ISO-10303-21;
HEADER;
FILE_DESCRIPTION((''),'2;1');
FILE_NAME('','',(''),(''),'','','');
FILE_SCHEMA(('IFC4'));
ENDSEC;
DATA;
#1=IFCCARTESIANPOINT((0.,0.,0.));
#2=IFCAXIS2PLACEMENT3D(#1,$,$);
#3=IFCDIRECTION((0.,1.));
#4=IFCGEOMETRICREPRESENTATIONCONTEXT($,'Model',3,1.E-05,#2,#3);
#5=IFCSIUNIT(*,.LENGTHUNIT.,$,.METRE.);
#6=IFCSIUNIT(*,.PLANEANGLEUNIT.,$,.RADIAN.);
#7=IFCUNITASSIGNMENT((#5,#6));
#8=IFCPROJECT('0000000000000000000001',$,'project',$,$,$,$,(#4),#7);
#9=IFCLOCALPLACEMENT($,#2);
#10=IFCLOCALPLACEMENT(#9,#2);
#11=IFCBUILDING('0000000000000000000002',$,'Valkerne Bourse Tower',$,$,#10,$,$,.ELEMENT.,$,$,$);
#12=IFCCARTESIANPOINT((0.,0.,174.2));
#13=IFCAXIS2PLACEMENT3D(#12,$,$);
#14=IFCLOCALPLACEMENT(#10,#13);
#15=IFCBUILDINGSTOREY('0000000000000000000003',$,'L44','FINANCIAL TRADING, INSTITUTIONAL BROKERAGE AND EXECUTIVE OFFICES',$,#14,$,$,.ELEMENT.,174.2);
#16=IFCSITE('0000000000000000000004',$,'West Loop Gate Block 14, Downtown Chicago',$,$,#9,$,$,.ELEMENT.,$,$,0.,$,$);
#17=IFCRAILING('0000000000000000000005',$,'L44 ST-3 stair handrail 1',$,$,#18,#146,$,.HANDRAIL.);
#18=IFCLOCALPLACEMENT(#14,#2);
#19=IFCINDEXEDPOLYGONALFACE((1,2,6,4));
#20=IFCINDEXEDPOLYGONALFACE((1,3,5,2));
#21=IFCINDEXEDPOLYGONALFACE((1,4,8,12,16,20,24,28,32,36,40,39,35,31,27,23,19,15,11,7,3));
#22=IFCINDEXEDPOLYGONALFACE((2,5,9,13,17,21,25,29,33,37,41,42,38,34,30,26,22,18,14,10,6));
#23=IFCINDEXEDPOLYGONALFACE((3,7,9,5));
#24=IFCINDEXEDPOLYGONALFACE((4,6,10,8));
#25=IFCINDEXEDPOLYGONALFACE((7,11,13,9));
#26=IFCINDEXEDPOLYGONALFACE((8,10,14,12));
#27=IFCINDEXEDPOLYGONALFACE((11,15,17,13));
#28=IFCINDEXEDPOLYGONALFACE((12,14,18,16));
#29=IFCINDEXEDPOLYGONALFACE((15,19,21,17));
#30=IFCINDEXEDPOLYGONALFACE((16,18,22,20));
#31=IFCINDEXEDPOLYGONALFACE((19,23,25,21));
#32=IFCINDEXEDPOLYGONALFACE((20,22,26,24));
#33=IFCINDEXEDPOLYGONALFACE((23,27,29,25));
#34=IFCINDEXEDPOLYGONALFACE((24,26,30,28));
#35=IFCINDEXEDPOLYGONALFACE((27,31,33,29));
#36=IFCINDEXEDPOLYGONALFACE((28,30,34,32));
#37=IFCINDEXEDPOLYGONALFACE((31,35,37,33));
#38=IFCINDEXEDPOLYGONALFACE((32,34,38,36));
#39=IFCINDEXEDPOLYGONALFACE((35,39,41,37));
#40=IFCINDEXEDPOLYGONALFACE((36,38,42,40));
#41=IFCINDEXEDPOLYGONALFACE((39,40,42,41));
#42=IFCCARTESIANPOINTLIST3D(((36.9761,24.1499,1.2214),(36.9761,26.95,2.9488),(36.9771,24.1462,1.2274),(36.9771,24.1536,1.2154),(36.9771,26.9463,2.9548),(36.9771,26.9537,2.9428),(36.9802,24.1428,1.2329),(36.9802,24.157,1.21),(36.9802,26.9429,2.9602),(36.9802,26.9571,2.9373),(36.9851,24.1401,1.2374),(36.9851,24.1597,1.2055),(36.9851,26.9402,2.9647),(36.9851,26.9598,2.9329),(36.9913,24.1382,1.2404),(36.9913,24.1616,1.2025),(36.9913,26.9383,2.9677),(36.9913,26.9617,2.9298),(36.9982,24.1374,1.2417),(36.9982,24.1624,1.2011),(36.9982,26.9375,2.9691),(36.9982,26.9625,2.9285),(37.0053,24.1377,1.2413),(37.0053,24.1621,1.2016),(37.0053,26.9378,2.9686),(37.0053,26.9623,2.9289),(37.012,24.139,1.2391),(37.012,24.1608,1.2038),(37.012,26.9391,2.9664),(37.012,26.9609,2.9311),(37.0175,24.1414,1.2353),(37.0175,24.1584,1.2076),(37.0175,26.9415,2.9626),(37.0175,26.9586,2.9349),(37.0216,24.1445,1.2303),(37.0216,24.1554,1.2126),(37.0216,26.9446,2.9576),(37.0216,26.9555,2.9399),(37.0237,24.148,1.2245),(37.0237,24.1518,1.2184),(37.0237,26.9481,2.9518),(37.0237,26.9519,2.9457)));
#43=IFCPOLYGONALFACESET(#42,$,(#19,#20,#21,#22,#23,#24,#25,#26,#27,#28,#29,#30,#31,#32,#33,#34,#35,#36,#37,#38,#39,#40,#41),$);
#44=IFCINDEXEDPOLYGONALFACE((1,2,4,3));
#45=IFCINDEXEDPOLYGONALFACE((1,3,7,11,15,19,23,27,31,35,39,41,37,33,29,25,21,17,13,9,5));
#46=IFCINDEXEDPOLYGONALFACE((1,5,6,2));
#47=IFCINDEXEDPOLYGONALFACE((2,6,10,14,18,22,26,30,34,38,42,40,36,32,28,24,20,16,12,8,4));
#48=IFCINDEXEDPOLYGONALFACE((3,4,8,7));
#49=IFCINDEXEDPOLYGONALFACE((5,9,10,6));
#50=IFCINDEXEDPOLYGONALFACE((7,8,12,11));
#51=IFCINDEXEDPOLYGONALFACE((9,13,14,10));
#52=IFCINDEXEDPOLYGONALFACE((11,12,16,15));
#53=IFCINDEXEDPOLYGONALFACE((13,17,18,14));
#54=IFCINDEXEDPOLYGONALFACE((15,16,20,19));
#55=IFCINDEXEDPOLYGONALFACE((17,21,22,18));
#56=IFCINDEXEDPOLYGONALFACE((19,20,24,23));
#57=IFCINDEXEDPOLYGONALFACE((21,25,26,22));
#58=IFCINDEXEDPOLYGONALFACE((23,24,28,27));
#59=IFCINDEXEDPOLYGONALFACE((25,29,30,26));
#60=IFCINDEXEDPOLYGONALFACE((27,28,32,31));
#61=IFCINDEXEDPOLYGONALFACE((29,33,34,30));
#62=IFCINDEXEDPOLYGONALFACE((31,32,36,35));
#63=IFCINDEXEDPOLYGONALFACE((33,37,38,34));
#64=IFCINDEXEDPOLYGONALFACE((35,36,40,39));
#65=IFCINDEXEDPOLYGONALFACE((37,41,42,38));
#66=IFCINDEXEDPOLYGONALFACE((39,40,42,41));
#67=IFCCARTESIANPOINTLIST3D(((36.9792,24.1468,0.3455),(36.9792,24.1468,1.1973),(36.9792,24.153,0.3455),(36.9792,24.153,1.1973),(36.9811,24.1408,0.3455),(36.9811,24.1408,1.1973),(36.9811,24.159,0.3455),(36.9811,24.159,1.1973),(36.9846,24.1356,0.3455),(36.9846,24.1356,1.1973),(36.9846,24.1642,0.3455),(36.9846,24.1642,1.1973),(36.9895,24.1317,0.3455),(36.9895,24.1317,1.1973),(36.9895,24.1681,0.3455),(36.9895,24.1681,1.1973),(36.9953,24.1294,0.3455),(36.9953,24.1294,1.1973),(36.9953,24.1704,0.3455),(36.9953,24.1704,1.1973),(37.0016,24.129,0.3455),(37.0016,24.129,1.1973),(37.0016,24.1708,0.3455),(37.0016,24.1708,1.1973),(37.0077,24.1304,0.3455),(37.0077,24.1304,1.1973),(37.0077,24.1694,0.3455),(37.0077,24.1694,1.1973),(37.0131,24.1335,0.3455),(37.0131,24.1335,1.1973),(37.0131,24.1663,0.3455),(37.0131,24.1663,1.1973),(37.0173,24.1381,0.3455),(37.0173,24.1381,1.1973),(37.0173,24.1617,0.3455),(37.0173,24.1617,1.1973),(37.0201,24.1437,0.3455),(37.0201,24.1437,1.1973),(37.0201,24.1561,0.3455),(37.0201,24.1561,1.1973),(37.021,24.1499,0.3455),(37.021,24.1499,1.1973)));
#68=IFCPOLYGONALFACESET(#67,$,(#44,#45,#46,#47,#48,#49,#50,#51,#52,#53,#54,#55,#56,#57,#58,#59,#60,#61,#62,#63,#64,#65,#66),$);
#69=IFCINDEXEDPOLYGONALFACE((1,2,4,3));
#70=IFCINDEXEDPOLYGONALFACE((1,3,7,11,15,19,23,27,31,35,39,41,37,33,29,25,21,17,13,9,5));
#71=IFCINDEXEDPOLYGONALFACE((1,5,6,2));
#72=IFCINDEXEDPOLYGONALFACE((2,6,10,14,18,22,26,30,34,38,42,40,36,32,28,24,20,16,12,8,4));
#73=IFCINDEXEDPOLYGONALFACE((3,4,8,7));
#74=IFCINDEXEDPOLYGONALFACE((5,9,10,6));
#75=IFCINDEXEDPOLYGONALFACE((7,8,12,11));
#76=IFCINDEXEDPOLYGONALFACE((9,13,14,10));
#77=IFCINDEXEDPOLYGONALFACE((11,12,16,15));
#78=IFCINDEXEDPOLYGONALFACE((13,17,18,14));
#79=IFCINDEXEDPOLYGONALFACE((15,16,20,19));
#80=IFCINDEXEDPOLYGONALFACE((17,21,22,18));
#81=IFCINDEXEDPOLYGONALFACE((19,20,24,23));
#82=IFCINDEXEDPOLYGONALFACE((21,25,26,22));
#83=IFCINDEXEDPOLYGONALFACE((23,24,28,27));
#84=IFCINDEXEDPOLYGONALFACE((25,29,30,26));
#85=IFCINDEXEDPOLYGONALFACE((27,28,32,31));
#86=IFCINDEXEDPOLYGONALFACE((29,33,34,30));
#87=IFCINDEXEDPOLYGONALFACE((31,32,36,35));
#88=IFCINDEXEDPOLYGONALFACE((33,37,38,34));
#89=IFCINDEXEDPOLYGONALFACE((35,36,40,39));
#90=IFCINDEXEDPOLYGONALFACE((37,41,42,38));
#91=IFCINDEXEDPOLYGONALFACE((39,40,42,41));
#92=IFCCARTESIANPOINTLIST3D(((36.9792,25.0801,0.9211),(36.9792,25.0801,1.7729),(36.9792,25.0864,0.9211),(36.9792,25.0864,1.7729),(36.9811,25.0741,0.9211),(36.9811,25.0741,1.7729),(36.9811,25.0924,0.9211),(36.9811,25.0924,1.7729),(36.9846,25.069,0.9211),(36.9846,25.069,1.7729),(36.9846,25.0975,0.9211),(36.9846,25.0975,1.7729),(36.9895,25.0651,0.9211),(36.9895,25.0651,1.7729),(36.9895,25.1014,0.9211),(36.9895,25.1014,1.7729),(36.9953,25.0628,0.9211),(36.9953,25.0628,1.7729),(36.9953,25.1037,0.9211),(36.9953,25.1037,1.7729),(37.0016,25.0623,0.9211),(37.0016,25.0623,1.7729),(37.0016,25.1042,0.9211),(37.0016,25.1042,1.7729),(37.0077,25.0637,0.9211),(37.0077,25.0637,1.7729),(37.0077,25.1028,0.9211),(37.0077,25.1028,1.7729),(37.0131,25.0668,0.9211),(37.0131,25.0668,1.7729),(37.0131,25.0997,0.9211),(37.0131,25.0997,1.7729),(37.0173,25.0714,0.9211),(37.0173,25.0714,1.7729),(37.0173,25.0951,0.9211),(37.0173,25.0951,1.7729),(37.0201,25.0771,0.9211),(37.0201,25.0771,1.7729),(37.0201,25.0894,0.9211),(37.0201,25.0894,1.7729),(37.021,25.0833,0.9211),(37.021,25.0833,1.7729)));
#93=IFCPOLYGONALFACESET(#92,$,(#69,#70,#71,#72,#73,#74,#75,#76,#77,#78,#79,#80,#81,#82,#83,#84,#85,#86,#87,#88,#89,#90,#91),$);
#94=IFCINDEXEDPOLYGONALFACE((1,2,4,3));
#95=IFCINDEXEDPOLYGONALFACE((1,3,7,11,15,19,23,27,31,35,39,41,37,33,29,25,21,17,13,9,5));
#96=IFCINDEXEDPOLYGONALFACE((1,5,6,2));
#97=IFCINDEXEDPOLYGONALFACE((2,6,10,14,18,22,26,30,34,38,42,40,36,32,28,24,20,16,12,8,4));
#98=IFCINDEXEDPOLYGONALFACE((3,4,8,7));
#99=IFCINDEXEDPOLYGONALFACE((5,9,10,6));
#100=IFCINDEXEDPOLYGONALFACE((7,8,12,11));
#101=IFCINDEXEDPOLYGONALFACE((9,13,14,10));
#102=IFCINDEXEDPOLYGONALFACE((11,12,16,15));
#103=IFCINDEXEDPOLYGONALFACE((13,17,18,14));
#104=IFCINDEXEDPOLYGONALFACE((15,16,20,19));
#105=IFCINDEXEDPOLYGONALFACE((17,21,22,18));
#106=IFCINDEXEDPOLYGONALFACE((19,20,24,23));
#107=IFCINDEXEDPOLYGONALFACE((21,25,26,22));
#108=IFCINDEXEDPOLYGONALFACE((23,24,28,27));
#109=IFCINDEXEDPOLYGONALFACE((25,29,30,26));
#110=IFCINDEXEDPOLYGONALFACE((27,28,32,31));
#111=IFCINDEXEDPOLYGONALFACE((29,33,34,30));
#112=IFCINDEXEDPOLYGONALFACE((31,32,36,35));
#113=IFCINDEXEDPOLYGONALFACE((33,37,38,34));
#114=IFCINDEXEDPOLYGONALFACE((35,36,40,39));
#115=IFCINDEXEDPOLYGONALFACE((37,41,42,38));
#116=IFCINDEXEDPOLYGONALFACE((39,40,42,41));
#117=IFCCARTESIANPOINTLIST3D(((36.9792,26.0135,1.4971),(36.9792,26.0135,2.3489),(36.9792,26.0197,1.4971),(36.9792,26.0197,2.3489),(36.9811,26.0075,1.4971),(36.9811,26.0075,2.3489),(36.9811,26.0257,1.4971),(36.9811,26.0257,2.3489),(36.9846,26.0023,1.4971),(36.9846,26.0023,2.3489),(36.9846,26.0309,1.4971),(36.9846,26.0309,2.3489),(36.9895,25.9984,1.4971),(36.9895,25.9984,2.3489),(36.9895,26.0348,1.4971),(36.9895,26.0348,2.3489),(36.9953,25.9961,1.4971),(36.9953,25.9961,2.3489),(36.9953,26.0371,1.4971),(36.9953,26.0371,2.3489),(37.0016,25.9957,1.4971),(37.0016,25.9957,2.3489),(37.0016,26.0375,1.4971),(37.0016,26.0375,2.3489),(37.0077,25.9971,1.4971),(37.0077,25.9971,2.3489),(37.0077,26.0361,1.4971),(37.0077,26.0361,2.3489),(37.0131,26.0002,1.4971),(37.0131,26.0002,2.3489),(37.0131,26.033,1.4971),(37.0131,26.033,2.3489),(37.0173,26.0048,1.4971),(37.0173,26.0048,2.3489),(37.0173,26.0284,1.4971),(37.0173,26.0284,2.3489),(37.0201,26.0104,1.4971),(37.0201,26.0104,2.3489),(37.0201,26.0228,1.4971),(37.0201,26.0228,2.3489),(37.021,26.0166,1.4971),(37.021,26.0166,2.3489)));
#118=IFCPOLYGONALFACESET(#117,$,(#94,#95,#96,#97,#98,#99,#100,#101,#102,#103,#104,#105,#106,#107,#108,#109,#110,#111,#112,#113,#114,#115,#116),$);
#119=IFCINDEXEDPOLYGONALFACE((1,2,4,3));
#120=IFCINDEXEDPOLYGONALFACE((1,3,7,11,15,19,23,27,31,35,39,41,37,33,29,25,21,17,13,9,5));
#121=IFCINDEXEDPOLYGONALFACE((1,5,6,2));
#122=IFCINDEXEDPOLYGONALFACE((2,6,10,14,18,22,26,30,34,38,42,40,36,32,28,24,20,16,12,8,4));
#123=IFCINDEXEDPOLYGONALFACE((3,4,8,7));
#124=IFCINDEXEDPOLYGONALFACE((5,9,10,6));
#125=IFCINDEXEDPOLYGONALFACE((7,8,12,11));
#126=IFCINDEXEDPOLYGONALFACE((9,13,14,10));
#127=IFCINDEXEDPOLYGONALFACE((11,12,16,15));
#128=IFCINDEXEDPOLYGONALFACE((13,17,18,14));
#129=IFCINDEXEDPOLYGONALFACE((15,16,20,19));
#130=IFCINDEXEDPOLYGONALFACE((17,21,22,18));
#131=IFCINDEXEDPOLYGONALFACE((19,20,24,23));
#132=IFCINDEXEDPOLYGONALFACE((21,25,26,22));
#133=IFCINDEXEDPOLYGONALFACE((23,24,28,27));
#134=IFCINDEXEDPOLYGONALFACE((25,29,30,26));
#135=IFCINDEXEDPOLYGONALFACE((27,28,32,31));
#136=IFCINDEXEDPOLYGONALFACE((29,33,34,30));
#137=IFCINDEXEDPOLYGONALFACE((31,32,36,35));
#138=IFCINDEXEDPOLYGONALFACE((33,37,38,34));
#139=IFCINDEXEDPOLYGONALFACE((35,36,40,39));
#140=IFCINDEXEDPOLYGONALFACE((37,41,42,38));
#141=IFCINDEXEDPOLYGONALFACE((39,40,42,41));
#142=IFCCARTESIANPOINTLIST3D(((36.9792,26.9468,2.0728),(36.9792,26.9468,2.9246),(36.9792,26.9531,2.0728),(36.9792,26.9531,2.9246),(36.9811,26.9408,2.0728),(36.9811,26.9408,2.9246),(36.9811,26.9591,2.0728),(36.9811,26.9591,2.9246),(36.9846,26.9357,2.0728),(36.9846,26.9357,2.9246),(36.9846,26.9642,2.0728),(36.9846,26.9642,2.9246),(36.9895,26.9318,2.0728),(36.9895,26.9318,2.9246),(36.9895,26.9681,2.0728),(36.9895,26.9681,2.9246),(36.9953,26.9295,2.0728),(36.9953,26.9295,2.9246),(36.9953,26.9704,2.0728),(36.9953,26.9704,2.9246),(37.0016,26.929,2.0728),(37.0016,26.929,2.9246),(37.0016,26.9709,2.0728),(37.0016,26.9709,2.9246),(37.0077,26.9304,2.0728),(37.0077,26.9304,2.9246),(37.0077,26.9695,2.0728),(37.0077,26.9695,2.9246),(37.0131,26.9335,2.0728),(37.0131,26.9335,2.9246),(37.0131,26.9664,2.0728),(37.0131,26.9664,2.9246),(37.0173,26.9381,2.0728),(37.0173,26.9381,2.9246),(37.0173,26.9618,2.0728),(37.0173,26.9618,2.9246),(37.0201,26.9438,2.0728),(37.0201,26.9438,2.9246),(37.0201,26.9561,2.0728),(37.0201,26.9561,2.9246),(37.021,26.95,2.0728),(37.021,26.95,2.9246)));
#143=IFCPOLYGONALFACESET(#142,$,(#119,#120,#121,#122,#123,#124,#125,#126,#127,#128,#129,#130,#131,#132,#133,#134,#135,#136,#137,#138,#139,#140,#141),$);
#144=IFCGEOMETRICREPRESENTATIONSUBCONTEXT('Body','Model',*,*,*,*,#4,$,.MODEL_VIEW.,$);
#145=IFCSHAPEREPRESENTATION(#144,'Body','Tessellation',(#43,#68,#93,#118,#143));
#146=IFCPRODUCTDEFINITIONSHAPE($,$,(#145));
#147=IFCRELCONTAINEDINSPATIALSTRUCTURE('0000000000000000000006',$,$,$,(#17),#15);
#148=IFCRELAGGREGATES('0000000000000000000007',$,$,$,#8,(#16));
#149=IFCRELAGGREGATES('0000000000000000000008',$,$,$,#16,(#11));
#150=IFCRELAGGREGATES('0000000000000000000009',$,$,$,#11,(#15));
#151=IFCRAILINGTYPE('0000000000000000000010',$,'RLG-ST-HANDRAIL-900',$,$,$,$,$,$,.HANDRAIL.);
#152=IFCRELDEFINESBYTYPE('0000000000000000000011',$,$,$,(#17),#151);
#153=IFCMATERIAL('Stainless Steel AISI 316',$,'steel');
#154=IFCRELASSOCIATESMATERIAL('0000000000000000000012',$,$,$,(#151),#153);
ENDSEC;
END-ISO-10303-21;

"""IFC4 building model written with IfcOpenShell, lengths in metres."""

from ifc_helpers import new_model, si_unit, direction, frame, origin, origin_2d, place, context, subcontext, project, spatial, circle, extrude, material, type_object, element, save


model = new_model("IFC4")

# Units and contexts
model_context = context("Model", 3, precision=1e-05, world=origin(), true_north=direction((0.0, 1.0)))
body_context = subcontext(model_context, "Body", "Model", "MODEL_VIEW")
ifc_project = project(units=[si_unit("LENGTHUNIT", "METRE"), si_unit("PLANEANGLEUNIT", "RADIAN")], contexts=[model_context])

# Site, building, storey
site_placement = place(None, origin())
site = spatial("IfcSite", under=ifc_project, at=site_placement, Name="West Loop Gate Block 14, Downtown Chicago", CompositionType="ELEMENT", RefElevation=0.0)
building_placement = place(site_placement, origin())
building = spatial("IfcBuilding", under=site, at=building_placement, Name="Valkerne Bourse Tower", CompositionType="ELEMENT")
storey_placement = place(building_placement, frame((0.0, 0.0, 174.2)))
storey = spatial("IfcBuildingStorey", under=building, at=storey_placement, Name="L44", Description="FINANCIAL TRADING, INSTITUTIONAL BROKERAGE AND EXECUTIVE OFFICES", CompositionType="ELEMENT", Elevation=174.2)

# Railing
ifc_material_1 = material(Name="Stainless Steel AISI 316", Category="steel")
railing_type_1 = type_object("IfcRailingType", Name="RLG-ST-HANDRAIL-900", PredefinedType="HANDRAIL", material=ifc_material_1)
railing_1_placement = place(storey_placement, frame((37.0, 24.1499, 0.3455)))
element("IfcRailing", 1, at=railing_1_placement, inside=storey, type_object=railing_type_1, Name="L44 ST-3 stair handrail 1", PredefinedType="HANDRAIL", context=body_context, shape_type="SweptSolid", body=[
    extrude(circle(Radius=0.0239, at=origin_2d()), frame((0.0, 0.0, 0.876), z_axis=(0.0, 0.85109, 0.52502), x_axis=(-1.0, 0.0, 0.0)), (0.0, 0.0, 1.0), 3.29),
    extrude(circle(Radius=0.021, at=origin_2d()), origin(), (0.0, 0.0, 1.0), 0.8518),
    extrude(circle(Radius=0.021, at=origin_2d()), frame((0.0, 0.9333, 0.5757)), (0.0, 0.0, 1.0), 0.8518),
    extrude(circle(Radius=0.021, at=origin_2d()), frame((0.0, 1.8667, 1.1516)), (0.0, 0.0, 1.0), 0.8518),
    extrude(circle(Radius=0.021, at=origin_2d()), frame((0.0, 2.8, 1.7273)), (0.0, 0.0, 1.0), 0.8518),
])

save(model, "model.ifc")
